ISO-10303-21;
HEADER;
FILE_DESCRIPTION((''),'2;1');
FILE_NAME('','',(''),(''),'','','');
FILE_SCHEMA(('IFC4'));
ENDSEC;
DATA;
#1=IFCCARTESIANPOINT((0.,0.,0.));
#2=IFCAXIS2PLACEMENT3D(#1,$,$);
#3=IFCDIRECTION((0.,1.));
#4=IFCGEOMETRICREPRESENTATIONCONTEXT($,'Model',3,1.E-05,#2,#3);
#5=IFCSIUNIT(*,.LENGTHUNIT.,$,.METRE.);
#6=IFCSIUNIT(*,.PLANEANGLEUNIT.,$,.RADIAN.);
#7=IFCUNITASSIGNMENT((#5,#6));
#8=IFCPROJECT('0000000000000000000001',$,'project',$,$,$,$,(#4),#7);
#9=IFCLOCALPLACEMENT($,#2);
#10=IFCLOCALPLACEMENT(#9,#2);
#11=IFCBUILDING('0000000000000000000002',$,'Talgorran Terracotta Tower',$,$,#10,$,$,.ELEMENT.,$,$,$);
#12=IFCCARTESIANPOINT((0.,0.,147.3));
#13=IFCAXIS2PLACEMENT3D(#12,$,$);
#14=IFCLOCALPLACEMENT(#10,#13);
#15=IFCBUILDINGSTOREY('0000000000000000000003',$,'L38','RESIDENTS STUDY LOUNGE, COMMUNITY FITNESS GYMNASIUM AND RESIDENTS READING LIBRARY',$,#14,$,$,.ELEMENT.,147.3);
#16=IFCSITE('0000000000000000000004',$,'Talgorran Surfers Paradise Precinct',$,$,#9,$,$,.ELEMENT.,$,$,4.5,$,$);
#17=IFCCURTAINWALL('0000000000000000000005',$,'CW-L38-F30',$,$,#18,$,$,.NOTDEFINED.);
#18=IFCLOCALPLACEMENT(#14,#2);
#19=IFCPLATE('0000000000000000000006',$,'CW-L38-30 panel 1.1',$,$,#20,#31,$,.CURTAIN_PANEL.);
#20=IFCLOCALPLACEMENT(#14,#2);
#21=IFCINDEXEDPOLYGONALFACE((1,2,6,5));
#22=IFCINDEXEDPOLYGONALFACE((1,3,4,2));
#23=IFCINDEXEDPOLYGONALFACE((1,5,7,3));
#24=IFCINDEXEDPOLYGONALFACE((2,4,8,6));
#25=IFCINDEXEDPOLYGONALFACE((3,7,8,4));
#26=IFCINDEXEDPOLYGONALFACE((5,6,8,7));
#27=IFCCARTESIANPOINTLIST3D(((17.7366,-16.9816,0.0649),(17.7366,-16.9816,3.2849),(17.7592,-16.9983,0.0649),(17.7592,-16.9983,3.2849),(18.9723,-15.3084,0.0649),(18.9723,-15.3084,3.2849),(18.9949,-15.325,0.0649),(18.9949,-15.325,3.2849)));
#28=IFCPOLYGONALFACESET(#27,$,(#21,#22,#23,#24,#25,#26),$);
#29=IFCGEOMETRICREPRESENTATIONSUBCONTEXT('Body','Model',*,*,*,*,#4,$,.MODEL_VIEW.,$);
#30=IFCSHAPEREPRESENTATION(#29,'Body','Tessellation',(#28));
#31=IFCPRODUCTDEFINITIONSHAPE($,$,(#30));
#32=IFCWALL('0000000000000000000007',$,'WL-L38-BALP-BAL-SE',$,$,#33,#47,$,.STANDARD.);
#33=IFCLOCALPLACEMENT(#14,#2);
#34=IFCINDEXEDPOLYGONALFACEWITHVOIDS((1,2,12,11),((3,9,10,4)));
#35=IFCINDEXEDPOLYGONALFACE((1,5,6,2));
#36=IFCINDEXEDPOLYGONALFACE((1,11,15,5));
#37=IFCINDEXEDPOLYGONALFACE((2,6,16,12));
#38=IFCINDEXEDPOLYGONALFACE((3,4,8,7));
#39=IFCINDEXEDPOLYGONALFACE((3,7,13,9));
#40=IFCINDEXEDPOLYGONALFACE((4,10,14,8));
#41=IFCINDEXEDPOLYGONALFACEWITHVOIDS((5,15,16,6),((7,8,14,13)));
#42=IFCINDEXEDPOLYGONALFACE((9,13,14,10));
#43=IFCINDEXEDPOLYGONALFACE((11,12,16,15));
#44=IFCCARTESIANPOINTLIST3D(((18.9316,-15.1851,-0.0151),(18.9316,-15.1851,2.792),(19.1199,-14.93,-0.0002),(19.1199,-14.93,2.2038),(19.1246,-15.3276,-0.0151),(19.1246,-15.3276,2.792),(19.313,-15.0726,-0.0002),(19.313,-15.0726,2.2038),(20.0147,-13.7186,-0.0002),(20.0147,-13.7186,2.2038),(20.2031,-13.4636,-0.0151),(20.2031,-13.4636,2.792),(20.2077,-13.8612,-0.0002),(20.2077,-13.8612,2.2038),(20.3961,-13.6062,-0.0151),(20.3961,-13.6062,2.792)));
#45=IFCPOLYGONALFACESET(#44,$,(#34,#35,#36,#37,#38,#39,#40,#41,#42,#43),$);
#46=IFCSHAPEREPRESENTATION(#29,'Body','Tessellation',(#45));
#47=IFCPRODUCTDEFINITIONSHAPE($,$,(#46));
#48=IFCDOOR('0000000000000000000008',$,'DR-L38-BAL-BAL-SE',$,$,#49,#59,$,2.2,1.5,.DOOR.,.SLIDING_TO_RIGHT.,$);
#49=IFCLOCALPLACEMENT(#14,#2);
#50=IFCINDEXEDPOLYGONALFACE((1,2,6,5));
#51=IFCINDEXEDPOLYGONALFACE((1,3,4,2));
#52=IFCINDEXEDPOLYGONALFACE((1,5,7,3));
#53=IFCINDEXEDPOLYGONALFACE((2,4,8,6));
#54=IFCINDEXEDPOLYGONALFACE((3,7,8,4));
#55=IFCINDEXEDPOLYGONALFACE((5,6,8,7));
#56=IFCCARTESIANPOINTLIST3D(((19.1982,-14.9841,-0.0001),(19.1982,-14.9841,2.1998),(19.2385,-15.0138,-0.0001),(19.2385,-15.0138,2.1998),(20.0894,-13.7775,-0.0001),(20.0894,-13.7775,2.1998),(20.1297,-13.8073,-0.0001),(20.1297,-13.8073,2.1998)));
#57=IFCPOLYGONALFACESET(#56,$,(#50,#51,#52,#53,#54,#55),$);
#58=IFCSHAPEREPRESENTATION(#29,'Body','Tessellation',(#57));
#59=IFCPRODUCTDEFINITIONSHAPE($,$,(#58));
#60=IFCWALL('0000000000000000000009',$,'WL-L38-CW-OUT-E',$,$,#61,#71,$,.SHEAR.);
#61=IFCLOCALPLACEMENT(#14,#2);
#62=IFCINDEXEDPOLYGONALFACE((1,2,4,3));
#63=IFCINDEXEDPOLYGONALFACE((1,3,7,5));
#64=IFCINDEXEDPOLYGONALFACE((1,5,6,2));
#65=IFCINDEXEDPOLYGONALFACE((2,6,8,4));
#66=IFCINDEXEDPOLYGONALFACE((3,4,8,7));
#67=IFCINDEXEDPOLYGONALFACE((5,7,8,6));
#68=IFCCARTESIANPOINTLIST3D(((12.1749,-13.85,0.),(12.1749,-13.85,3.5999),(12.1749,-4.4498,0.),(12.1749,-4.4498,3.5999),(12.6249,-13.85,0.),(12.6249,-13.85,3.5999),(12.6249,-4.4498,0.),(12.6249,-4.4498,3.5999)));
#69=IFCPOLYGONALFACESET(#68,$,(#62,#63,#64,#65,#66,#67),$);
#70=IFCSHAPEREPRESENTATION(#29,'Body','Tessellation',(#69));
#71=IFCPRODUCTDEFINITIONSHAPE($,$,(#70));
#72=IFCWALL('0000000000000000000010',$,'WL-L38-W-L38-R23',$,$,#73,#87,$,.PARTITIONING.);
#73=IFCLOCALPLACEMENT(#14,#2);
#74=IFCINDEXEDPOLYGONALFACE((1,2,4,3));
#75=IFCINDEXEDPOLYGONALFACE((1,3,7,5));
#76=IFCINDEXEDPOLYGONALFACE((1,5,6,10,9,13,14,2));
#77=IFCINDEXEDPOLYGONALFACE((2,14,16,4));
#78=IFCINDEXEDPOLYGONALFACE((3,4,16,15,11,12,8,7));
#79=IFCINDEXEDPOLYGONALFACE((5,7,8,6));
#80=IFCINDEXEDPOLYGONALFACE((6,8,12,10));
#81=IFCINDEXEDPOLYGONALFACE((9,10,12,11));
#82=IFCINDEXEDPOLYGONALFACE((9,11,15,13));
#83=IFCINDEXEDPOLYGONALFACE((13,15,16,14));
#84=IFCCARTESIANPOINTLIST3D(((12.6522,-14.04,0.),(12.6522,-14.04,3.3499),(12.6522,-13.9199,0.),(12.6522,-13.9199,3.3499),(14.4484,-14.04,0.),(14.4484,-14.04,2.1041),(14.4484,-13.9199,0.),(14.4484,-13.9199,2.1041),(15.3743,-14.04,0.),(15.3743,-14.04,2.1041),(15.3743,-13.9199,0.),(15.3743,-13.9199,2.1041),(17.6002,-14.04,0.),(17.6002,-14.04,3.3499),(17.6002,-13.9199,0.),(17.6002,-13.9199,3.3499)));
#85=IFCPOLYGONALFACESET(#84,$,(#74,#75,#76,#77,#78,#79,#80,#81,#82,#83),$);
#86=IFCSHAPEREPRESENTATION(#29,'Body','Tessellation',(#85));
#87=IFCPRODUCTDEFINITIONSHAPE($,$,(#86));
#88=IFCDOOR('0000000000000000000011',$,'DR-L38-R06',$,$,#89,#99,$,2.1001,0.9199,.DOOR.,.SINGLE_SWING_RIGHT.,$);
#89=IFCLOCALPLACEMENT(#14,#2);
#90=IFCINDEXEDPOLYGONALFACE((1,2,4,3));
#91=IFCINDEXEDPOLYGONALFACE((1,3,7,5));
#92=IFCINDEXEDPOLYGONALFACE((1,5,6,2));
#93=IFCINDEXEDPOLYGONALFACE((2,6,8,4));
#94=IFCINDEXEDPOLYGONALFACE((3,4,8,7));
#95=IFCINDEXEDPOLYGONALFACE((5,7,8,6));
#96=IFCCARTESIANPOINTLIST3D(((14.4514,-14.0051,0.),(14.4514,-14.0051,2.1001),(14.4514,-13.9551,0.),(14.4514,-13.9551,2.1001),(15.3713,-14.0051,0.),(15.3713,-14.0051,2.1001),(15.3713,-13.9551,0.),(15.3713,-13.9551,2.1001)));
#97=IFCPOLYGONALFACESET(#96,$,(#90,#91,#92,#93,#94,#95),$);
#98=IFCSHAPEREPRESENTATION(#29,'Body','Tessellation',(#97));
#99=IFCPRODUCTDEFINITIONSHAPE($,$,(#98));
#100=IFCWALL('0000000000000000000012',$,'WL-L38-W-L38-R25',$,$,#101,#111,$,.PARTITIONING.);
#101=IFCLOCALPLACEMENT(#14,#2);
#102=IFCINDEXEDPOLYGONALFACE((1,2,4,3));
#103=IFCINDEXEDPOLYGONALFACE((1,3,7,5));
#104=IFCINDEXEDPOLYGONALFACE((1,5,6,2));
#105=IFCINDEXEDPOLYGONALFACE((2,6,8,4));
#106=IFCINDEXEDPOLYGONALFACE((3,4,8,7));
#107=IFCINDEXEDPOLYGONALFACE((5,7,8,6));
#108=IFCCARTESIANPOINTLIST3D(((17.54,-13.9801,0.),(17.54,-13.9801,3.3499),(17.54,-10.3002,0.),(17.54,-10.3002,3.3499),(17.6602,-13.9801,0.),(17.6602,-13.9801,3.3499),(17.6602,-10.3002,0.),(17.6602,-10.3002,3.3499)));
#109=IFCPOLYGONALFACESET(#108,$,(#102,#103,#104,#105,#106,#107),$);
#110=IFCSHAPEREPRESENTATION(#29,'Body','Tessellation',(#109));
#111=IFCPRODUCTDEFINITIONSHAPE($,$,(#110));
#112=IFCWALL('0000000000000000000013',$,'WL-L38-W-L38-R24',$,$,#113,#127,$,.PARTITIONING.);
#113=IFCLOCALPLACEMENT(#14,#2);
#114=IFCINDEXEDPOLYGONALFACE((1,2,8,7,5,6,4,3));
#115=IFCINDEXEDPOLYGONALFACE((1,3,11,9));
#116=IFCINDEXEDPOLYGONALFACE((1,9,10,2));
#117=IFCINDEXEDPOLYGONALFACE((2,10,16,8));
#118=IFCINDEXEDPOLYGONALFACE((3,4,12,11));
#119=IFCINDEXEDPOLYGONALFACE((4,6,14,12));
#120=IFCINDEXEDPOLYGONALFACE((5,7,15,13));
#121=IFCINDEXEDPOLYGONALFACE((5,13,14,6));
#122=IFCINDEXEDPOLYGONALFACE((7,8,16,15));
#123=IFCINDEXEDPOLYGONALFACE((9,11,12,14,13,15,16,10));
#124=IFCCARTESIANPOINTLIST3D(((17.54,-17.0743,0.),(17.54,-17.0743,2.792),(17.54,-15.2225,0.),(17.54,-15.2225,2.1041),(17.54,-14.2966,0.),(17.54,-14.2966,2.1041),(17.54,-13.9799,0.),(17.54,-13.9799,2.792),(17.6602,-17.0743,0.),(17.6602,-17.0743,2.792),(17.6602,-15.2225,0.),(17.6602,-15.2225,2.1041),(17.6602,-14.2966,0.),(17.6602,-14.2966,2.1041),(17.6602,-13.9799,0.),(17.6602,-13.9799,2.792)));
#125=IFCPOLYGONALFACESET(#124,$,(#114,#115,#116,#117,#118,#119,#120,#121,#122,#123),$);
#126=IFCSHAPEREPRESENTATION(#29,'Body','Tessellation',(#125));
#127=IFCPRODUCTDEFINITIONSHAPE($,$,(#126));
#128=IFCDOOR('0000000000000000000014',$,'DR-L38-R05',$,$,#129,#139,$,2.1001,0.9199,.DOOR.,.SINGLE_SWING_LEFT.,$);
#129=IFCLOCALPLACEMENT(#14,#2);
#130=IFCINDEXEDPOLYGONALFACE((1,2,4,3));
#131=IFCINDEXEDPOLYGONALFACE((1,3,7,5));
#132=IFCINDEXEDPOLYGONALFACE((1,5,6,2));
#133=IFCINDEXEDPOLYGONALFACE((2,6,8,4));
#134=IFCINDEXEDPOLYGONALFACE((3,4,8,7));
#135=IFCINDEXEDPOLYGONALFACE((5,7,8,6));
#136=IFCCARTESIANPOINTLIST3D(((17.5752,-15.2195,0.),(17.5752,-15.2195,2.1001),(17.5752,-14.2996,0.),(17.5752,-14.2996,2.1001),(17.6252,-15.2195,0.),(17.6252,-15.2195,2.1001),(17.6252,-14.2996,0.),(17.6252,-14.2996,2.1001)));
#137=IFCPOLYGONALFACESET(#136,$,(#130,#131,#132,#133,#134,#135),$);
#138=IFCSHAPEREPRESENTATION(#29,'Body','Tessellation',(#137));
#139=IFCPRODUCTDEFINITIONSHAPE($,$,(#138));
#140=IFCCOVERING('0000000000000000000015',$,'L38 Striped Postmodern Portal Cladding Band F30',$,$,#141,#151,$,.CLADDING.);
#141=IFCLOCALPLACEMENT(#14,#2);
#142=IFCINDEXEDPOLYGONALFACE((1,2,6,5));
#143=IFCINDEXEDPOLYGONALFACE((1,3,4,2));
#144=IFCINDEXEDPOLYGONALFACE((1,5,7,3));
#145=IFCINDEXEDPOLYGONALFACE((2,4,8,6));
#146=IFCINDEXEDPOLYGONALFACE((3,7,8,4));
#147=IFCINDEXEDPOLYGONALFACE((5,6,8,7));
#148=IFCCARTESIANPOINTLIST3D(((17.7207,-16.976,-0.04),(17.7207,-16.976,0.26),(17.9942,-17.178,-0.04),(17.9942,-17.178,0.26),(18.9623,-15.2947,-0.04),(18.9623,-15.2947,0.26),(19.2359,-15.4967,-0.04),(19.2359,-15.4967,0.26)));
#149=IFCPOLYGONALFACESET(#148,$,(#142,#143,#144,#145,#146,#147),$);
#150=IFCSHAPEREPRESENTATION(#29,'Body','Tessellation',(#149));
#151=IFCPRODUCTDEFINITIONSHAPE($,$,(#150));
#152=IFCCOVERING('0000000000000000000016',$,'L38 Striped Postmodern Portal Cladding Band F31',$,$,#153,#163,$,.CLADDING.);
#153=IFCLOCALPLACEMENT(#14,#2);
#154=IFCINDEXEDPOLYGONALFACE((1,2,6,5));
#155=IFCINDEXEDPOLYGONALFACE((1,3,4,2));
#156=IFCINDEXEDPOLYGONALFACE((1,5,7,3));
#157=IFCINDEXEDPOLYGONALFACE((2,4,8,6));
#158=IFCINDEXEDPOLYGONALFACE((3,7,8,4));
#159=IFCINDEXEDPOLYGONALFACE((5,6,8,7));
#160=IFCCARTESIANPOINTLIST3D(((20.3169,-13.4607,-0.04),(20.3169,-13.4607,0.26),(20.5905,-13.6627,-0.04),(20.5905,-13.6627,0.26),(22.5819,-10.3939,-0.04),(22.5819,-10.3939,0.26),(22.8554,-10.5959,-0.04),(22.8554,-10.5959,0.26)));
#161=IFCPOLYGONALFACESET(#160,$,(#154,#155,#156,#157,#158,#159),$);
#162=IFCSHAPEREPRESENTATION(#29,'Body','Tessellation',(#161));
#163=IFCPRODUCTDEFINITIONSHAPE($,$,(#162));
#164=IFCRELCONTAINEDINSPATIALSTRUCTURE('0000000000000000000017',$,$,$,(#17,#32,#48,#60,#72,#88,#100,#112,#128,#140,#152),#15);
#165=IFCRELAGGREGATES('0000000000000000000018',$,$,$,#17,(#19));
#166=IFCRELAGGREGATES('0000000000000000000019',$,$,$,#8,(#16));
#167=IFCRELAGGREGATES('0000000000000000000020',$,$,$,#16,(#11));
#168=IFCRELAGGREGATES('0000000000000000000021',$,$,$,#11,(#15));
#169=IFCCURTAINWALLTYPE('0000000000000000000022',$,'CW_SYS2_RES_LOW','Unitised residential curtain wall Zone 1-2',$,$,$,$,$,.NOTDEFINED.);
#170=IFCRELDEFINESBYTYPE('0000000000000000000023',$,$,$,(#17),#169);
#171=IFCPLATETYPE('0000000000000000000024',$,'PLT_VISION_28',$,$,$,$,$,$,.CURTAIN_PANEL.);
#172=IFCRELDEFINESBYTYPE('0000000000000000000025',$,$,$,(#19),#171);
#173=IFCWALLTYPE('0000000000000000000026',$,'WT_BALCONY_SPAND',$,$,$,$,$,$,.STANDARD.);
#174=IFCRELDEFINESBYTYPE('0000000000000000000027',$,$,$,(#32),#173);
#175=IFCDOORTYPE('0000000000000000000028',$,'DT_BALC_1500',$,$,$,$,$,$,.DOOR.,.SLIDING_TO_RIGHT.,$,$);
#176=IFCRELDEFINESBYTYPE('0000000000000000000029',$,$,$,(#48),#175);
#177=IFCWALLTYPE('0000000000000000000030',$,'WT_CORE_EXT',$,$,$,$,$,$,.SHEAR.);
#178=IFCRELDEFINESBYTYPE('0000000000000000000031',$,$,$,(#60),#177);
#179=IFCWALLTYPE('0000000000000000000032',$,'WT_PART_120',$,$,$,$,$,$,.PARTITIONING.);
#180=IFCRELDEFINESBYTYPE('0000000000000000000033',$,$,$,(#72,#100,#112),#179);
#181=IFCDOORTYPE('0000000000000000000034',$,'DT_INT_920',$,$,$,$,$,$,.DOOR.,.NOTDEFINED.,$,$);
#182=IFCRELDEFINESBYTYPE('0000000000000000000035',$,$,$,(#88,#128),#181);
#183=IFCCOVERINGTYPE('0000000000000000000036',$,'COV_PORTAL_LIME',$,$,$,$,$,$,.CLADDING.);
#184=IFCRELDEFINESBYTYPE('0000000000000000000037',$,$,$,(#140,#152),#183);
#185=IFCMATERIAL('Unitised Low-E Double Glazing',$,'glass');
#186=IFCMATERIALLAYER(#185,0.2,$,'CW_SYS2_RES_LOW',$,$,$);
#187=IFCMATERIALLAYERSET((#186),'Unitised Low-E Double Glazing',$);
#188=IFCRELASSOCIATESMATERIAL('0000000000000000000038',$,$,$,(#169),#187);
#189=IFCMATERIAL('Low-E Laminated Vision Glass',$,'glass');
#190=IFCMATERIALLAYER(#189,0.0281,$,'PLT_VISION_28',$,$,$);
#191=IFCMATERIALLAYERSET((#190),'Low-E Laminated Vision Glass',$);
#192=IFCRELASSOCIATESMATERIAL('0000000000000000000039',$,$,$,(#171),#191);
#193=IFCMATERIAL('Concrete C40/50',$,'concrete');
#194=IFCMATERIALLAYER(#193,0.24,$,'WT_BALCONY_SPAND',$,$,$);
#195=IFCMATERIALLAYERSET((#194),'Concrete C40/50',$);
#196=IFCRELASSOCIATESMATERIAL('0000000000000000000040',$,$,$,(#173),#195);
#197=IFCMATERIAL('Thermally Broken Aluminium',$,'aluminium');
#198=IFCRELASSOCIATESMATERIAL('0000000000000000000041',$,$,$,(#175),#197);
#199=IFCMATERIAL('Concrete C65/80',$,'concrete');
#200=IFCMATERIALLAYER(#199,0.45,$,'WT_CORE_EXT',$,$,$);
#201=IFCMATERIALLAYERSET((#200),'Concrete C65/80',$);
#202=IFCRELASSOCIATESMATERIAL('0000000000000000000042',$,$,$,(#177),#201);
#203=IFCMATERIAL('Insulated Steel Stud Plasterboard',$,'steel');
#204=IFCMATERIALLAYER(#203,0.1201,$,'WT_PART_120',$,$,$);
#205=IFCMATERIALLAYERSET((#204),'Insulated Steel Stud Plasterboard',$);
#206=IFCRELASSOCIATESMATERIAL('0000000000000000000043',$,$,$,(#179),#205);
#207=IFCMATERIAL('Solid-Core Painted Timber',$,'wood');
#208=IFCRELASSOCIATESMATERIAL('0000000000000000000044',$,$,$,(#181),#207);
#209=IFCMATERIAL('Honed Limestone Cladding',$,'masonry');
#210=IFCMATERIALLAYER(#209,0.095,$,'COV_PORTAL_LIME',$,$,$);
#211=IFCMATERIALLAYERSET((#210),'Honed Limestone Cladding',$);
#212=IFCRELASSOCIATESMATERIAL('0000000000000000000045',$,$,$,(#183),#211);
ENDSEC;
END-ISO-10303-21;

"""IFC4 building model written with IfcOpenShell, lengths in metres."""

from ifc_helpers import new_model, si_unit, direction, frame, frame_2d, origin, origin_2d, place, context, subcontext, project, spatial, rectangle, extrude, source, transform, mapped, material, layer, layer_set, type_object, element, fill, aggregate, save


model = new_model("IFC4")

# Units and contexts
model_context = context("Model", 3, precision=1e-05, world=origin(), true_north=direction((0.0, 1.0)))
body_context = subcontext(model_context, "Body", "Model", "MODEL_VIEW")
ifc_project = project(units=[si_unit("LENGTHUNIT", "METRE"), si_unit("PLANEANGLEUNIT", "RADIAN")], contexts=[model_context])

# Site, building, storey
site_placement = place(None, origin())
site = spatial("IfcSite", under=ifc_project, at=site_placement, Name="Talgorran Surfers Paradise Precinct", CompositionType="ELEMENT", RefElevation=4.5)
building_placement = place(site_placement, origin())
building = spatial("IfcBuilding", under=site, at=building_placement, Name="Talgorran Terracotta Tower", CompositionType="ELEMENT")
storey_placement = place(building_placement, frame((0.0, 0.0, 147.3)))
storey = spatial("IfcBuildingStorey", under=building, at=storey_placement, Name="L38", Description="RESIDENTS STUDY LOUNGE, COMMUNITY FITNESS GYMNASIUM AND RESIDENTS READING LIBRARY", CompositionType="ELEMENT", Elevation=147.3)

# Shared definitions
ifc_material_1 = material(Name="Unitised Low-E Double Glazing", Category="glass")
ifc_layer_1 = layer(ifc_material_1, 0.2, Name="CW_SYS2_RES_LOW")
ifc_layer_set_1 = layer_set([ifc_layer_1], Name="Unitised Low-E Double Glazing")
curtain_wall_type = type_object("IfcCurtainWallType", Name="CW_SYS2_RES_LOW", Description="Unitised residential curtain wall Zone 1-2", PredefinedType="NOTDEFINED", material=ifc_layer_set_1)

# Curtain wall
curtain_wall_1_placement = place(storey_placement, origin())
curtain_wall_1 = element("IfcCurtainWall", 1, at=curtain_wall_1_placement, inside=storey, type_object=curtain_wall_type, Name="CW-L38-F30", PredefinedType="NOTDEFINED")

# Plate
ifc_material_2 = material(Name="Low-E Laminated Vision Glass", Category="glass")
ifc_layer_2 = layer(ifc_material_2, 0.0281, Name="PLT_VISION_28")
ifc_layer_set_2 = layer_set([ifc_layer_2], Name="Low-E Laminated Vision Glass")
plate_type = type_object("IfcPlateType", Name="PLT_VISION_28", PredefinedType="CURTAIN_PANEL", material=ifc_layer_set_2)
shared_shape_1 = source(origin(), body_context, "Body", "SweptSolid", [
    extrude(rectangle(XDim=2.0801, YDim=0.0281, at=origin_2d()), origin(), (0.0, 0.0, 1.0), 3.22),
])
plate_1_placement = place(storey_placement, frame((18.3657, -16.1533, 0.0649), z_axis=(0.0, 0.0, 1.0), x_axis=(0.594069, 0.804414, 0.0)))
plate_1 = element("IfcPlate", 2, at=plate_1_placement, type_object=plate_type, Name="CW-L38-30 panel 1.1", PredefinedType="CURTAIN_PANEL", context=body_context, shape_type="MappedRepresentation", body=[
    mapped(shared_shape_1, transform((0.0, 0.0, 0.0), scale=1.0)),
])
aggregate(curtain_wall_1, [plate_1])

# Wall, opening, door
ifc_material_3 = material(Name="Concrete C40/50", Category="concrete")
ifc_layer_3 = layer(ifc_material_3, 0.24, Name="WT_BALCONY_SPAND")
ifc_layer_set_3 = layer_set([ifc_layer_3], Name="Concrete C40/50")
wall_type_1 = type_object("IfcWallType", Name="WT_BALCONY_SPAND", PredefinedType="STANDARD", material=ifc_layer_set_3)
wall_1_placement = place(storey_placement, frame((19.0281, -15.2563, -0.0151), z_axis=(0.0, 0.0, 1.0), x_axis=(0.594125, 0.804373, 0.0)))
wall_1 = element("IfcWall", 3, at=wall_1_placement, inside=storey, type_object=wall_type_1, Name="WL-L38-BALP-BAL-SE", PredefinedType="STANDARD", context=body_context, shape_type="SweptSolid", body=[
    extrude(rectangle(XDim=2.1401, YDim=0.24, at=frame_2d((1.0701, 0.0))), origin(), (0.0, 0.0, 1.0), 2.8071),
])
opening_1_placement = place(wall_1_placement, frame((0.3201, 0.0, 0.0149)))
opening_1 = element("IfcOpeningElement", 4, at=opening_1_placement, cuts=wall_1, PredefinedType="OPENING", context=body_context, shape_type="SweptSolid", body=[
    extrude(rectangle(XDim=1.506, YDim=2.204, at=frame_2d((0.75, 1.1021))), frame((0.0, 0.1299, 0.0), z_axis=(0.0, -1.0, 0.0), x_axis=(1.0, 0.0, 0.0)), (0.0, 0.0, 1.0), 0.26),
])
ifc_material_4 = material(Name="Thermally Broken Aluminium", Category="aluminium")
door_type_1 = type_object("IfcDoorType", Name="DT_BALC_1500", OperationType="SLIDING_TO_RIGHT", PredefinedType="DOOR", material=ifc_material_4)
door_1_placement = place(opening_1_placement, origin())
door_1 = element("IfcDoor", 5, at=door_1_placement, inside=storey, type_object=door_type_1, Name="DR-L38-BAL-BAL-SE", OperationType="SLIDING_TO_RIGHT", OverallHeight=2.2, OverallWidth=1.5, PredefinedType="DOOR", context=body_context, shape_type="SweptSolid", body=[
    extrude(rectangle(XDim=1.5, YDim=2.2, at=frame_2d((0.75, 1.1001))), frame((0.0, 0.0249, 0.0), z_axis=(0.0, -1.0, 0.0), x_axis=(1.0, 0.0, 0.0)), (0.0, 0.0, 1.0), 0.05),
])
fill(opening_1, door_1)

# Wall
ifc_material_5 = material(Name="Concrete C65/80", Category="concrete")
ifc_layer_4 = layer(ifc_material_5, 0.45, Name="WT_CORE_EXT")
ifc_layer_set_4 = layer_set([ifc_layer_4], Name="Concrete C65/80")
wall_type_2 = type_object("IfcWallType", Name="WT_CORE_EXT", PredefinedType="SHEAR", material=ifc_layer_set_4)
wall_2_placement = place(storey_placement, frame((12.3999, -13.8501, 0.0), z_axis=(0.0, 0.0, 1.0), x_axis=(0.0, 1.0, 0.0)))
element("IfcWall", 6, at=wall_2_placement, inside=storey, type_object=wall_type_2, Name="WL-L38-CW-OUT-E", PredefinedType="SHEAR", context=body_context, shape_type="SweptSolid", body=[
    extrude(rectangle(XDim=9.4001, YDim=0.45, at=frame_2d((4.7002, 0.0))), origin(), (0.0, 0.0, 1.0), 3.5999),
])

# Wall, opening, door
ifc_material_6 = material(Name="Insulated Steel Stud Plasterboard", Category="steel")
ifc_layer_5 = layer(ifc_material_6, 0.1201, Name="WT_PART_120")
ifc_layer_set_5 = layer_set([ifc_layer_5], Name="Insulated Steel Stud Plasterboard")
wall_type_3 = type_object("IfcWallType", Name="WT_PART_120", PredefinedType="PARTITIONING", material=ifc_layer_set_5)
wall_3_placement = place(storey_placement, frame((12.6521, -13.98, 0.0), z_axis=(0.0, 0.0, 1.0), x_axis=(1.0, 0.0, 0.0)))
wall_3 = element("IfcWall", 7, at=wall_3_placement, inside=storey, type_object=wall_type_3, Name="WL-L38-W-L38-R23", PredefinedType="PARTITIONING", context=body_context, shape_type="SweptSolid", body=[
    extrude(rectangle(XDim=4.948, YDim=0.1201, at=frame_2d((2.4741, 0.0))), origin(), (0.0, 0.0, 1.0), 3.3499),
])
opening_2_placement = place(wall_3_placement, frame((1.7993, 0.0, 0.0)))
opening_2 = element("IfcOpeningElement", 8, at=opening_2_placement, cuts=wall_3, PredefinedType="OPENING", context=body_context, shape_type="SweptSolid", body=[
    extrude(rectangle(XDim=0.9259, YDim=2.1041, at=frame_2d((0.46, 1.052))), frame((0.0, 0.0701, 0.0), z_axis=(0.0, -1.0, 0.0), x_axis=(1.0, 0.0, 0.0)), (0.0, 0.0, 1.0), 0.1401),
])
ifc_material_7 = material(Name="Solid-Core Painted Timber", Category="wood")
door_type_2 = type_object("IfcDoorType", Name="DT_INT_920", OperationType="NOTDEFINED", PredefinedType="DOOR", material=ifc_material_7)
door_2_placement = place(opening_2_placement, origin())
door_2 = element("IfcDoor", 9, at=door_2_placement, inside=storey, type_object=door_type_2, Name="DR-L38-R06", OperationType="SINGLE_SWING_RIGHT", OverallHeight=2.1001, OverallWidth=0.9199, PredefinedType="DOOR", context=body_context, shape_type="SweptSolid", body=[
    extrude(rectangle(XDim=0.9199, YDim=2.1001, at=frame_2d((0.46, 1.05))), frame((0.0, 0.0249, 0.0), z_axis=(0.0, -1.0, 0.0), x_axis=(1.0, 0.0, 0.0)), (0.0, 0.0, 1.0), 0.05),
])
fill(opening_2, door_2)

# Wall
wall_4_placement = place(storey_placement, frame((17.6001, -13.98, 0.0), z_axis=(0.0, 0.0, 1.0), x_axis=(0.0, 1.0, 0.0)))
element("IfcWall", 10, at=wall_4_placement, inside=storey, type_object=wall_type_3, Name="WL-L38-W-L38-R25", PredefinedType="PARTITIONING", context=body_context, shape_type="SweptSolid", body=[
    extrude(rectangle(XDim=3.6799, YDim=0.1201, at=frame_2d((1.8398, 0.0))), origin(), (0.0, 0.0, 1.0), 3.3499),
])

# Wall, opening, door
wall_5_placement = place(storey_placement, frame((17.6001, -17.0745, 0.0), z_axis=(0.0, 0.0, 1.0), x_axis=(0.0, 1.0, 0.0)))
wall_5 = element("IfcWall", 11, at=wall_5_placement, inside=storey, type_object=wall_type_3, Name="WL-L38-W-L38-R24", PredefinedType="PARTITIONING", context=body_context, shape_type="SweptSolid", body=[
    extrude(rectangle(XDim=3.0945, YDim=0.1201, at=frame_2d((1.5474, 0.0))), origin(), (0.0, 0.0, 1.0), 2.792),
])
opening_3_placement = place(wall_5_placement, frame((1.855, 0.0, 0.0)))
opening_3 = element("IfcOpeningElement", 12, at=opening_3_placement, cuts=wall_5, PredefinedType="OPENING", context=body_context, shape_type="SweptSolid", body=[
    extrude(rectangle(XDim=0.9259, YDim=2.1041, at=frame_2d((0.46, 1.052))), frame((0.0, 0.0701, 0.0), z_axis=(0.0, -1.0, 0.0), x_axis=(1.0, 0.0, 0.0)), (0.0, 0.0, 1.0), 0.1401),
])
door_3_placement = place(opening_3_placement, origin())
door_3 = element("IfcDoor", 13, at=door_3_placement, inside=storey, type_object=door_type_2, Name="DR-L38-R05", OperationType="SINGLE_SWING_LEFT", OverallHeight=2.1001, OverallWidth=0.9199, PredefinedType="DOOR", context=body_context, shape_type="SweptSolid", body=[
    extrude(rectangle(XDim=0.9199, YDim=2.1001, at=frame_2d((0.46, 1.05))), frame((0.0, 0.0249, 0.0), z_axis=(0.0, -1.0, 0.0), x_axis=(1.0, 0.0, 0.0)), (0.0, 0.0, 1.0), 0.05),
])
fill(opening_3, door_3)

# Coverings
ifc_material_8 = material(Name="Honed Limestone Cladding", Category="masonry")
ifc_layer_6 = layer(ifc_material_8, 0.095, Name="COV_PORTAL_LIME")
ifc_layer_set_6 = layer_set([ifc_layer_6], Name="Honed Limestone Cladding")
covering_type = type_object("IfcCoveringType", Name="COV_PORTAL_LIME", PredefinedType="CLADDING", material=ifc_layer_set_6)
covering_1_placement = place(storey_placement, frame((18.4783, -16.2363, -0.04), z_axis=(0.0, 0.0, 1.0), x_axis=(0.594065, 0.804417, 0.0)))
element("IfcCovering", 14, at=covering_1_placement, inside=storey, type_object=covering_type, Name="L38 Striped Postmodern Portal Cladding Band F30", PredefinedType="CLADDING", context=body_context, shape_type="SweptSolid", body=[
    extrude(rectangle(XDim=2.0901, YDim=0.3401, at=origin_2d()), origin(), (0.0, 0.0, 1.0), 0.3),
])
covering_2_placement = place(storey_placement, frame((21.5862, -12.0283, -0.04), z_axis=(0.0, 0.0, 1.0), x_axis=(0.594079, 0.804407, 0.0)))
element("IfcCovering", 15, at=covering_2_placement, inside=storey, type_object=covering_type, Name="L38 Striped Postmodern Portal Cladding Band F31", PredefinedType="CLADDING", context=body_context, shape_type="SweptSolid", body=[
    extrude(rectangle(XDim=3.8125, YDim=0.3401, at=origin_2d()), origin(), (0.0, 0.0, 1.0), 0.3),
])

save(model, "model.ifc")
